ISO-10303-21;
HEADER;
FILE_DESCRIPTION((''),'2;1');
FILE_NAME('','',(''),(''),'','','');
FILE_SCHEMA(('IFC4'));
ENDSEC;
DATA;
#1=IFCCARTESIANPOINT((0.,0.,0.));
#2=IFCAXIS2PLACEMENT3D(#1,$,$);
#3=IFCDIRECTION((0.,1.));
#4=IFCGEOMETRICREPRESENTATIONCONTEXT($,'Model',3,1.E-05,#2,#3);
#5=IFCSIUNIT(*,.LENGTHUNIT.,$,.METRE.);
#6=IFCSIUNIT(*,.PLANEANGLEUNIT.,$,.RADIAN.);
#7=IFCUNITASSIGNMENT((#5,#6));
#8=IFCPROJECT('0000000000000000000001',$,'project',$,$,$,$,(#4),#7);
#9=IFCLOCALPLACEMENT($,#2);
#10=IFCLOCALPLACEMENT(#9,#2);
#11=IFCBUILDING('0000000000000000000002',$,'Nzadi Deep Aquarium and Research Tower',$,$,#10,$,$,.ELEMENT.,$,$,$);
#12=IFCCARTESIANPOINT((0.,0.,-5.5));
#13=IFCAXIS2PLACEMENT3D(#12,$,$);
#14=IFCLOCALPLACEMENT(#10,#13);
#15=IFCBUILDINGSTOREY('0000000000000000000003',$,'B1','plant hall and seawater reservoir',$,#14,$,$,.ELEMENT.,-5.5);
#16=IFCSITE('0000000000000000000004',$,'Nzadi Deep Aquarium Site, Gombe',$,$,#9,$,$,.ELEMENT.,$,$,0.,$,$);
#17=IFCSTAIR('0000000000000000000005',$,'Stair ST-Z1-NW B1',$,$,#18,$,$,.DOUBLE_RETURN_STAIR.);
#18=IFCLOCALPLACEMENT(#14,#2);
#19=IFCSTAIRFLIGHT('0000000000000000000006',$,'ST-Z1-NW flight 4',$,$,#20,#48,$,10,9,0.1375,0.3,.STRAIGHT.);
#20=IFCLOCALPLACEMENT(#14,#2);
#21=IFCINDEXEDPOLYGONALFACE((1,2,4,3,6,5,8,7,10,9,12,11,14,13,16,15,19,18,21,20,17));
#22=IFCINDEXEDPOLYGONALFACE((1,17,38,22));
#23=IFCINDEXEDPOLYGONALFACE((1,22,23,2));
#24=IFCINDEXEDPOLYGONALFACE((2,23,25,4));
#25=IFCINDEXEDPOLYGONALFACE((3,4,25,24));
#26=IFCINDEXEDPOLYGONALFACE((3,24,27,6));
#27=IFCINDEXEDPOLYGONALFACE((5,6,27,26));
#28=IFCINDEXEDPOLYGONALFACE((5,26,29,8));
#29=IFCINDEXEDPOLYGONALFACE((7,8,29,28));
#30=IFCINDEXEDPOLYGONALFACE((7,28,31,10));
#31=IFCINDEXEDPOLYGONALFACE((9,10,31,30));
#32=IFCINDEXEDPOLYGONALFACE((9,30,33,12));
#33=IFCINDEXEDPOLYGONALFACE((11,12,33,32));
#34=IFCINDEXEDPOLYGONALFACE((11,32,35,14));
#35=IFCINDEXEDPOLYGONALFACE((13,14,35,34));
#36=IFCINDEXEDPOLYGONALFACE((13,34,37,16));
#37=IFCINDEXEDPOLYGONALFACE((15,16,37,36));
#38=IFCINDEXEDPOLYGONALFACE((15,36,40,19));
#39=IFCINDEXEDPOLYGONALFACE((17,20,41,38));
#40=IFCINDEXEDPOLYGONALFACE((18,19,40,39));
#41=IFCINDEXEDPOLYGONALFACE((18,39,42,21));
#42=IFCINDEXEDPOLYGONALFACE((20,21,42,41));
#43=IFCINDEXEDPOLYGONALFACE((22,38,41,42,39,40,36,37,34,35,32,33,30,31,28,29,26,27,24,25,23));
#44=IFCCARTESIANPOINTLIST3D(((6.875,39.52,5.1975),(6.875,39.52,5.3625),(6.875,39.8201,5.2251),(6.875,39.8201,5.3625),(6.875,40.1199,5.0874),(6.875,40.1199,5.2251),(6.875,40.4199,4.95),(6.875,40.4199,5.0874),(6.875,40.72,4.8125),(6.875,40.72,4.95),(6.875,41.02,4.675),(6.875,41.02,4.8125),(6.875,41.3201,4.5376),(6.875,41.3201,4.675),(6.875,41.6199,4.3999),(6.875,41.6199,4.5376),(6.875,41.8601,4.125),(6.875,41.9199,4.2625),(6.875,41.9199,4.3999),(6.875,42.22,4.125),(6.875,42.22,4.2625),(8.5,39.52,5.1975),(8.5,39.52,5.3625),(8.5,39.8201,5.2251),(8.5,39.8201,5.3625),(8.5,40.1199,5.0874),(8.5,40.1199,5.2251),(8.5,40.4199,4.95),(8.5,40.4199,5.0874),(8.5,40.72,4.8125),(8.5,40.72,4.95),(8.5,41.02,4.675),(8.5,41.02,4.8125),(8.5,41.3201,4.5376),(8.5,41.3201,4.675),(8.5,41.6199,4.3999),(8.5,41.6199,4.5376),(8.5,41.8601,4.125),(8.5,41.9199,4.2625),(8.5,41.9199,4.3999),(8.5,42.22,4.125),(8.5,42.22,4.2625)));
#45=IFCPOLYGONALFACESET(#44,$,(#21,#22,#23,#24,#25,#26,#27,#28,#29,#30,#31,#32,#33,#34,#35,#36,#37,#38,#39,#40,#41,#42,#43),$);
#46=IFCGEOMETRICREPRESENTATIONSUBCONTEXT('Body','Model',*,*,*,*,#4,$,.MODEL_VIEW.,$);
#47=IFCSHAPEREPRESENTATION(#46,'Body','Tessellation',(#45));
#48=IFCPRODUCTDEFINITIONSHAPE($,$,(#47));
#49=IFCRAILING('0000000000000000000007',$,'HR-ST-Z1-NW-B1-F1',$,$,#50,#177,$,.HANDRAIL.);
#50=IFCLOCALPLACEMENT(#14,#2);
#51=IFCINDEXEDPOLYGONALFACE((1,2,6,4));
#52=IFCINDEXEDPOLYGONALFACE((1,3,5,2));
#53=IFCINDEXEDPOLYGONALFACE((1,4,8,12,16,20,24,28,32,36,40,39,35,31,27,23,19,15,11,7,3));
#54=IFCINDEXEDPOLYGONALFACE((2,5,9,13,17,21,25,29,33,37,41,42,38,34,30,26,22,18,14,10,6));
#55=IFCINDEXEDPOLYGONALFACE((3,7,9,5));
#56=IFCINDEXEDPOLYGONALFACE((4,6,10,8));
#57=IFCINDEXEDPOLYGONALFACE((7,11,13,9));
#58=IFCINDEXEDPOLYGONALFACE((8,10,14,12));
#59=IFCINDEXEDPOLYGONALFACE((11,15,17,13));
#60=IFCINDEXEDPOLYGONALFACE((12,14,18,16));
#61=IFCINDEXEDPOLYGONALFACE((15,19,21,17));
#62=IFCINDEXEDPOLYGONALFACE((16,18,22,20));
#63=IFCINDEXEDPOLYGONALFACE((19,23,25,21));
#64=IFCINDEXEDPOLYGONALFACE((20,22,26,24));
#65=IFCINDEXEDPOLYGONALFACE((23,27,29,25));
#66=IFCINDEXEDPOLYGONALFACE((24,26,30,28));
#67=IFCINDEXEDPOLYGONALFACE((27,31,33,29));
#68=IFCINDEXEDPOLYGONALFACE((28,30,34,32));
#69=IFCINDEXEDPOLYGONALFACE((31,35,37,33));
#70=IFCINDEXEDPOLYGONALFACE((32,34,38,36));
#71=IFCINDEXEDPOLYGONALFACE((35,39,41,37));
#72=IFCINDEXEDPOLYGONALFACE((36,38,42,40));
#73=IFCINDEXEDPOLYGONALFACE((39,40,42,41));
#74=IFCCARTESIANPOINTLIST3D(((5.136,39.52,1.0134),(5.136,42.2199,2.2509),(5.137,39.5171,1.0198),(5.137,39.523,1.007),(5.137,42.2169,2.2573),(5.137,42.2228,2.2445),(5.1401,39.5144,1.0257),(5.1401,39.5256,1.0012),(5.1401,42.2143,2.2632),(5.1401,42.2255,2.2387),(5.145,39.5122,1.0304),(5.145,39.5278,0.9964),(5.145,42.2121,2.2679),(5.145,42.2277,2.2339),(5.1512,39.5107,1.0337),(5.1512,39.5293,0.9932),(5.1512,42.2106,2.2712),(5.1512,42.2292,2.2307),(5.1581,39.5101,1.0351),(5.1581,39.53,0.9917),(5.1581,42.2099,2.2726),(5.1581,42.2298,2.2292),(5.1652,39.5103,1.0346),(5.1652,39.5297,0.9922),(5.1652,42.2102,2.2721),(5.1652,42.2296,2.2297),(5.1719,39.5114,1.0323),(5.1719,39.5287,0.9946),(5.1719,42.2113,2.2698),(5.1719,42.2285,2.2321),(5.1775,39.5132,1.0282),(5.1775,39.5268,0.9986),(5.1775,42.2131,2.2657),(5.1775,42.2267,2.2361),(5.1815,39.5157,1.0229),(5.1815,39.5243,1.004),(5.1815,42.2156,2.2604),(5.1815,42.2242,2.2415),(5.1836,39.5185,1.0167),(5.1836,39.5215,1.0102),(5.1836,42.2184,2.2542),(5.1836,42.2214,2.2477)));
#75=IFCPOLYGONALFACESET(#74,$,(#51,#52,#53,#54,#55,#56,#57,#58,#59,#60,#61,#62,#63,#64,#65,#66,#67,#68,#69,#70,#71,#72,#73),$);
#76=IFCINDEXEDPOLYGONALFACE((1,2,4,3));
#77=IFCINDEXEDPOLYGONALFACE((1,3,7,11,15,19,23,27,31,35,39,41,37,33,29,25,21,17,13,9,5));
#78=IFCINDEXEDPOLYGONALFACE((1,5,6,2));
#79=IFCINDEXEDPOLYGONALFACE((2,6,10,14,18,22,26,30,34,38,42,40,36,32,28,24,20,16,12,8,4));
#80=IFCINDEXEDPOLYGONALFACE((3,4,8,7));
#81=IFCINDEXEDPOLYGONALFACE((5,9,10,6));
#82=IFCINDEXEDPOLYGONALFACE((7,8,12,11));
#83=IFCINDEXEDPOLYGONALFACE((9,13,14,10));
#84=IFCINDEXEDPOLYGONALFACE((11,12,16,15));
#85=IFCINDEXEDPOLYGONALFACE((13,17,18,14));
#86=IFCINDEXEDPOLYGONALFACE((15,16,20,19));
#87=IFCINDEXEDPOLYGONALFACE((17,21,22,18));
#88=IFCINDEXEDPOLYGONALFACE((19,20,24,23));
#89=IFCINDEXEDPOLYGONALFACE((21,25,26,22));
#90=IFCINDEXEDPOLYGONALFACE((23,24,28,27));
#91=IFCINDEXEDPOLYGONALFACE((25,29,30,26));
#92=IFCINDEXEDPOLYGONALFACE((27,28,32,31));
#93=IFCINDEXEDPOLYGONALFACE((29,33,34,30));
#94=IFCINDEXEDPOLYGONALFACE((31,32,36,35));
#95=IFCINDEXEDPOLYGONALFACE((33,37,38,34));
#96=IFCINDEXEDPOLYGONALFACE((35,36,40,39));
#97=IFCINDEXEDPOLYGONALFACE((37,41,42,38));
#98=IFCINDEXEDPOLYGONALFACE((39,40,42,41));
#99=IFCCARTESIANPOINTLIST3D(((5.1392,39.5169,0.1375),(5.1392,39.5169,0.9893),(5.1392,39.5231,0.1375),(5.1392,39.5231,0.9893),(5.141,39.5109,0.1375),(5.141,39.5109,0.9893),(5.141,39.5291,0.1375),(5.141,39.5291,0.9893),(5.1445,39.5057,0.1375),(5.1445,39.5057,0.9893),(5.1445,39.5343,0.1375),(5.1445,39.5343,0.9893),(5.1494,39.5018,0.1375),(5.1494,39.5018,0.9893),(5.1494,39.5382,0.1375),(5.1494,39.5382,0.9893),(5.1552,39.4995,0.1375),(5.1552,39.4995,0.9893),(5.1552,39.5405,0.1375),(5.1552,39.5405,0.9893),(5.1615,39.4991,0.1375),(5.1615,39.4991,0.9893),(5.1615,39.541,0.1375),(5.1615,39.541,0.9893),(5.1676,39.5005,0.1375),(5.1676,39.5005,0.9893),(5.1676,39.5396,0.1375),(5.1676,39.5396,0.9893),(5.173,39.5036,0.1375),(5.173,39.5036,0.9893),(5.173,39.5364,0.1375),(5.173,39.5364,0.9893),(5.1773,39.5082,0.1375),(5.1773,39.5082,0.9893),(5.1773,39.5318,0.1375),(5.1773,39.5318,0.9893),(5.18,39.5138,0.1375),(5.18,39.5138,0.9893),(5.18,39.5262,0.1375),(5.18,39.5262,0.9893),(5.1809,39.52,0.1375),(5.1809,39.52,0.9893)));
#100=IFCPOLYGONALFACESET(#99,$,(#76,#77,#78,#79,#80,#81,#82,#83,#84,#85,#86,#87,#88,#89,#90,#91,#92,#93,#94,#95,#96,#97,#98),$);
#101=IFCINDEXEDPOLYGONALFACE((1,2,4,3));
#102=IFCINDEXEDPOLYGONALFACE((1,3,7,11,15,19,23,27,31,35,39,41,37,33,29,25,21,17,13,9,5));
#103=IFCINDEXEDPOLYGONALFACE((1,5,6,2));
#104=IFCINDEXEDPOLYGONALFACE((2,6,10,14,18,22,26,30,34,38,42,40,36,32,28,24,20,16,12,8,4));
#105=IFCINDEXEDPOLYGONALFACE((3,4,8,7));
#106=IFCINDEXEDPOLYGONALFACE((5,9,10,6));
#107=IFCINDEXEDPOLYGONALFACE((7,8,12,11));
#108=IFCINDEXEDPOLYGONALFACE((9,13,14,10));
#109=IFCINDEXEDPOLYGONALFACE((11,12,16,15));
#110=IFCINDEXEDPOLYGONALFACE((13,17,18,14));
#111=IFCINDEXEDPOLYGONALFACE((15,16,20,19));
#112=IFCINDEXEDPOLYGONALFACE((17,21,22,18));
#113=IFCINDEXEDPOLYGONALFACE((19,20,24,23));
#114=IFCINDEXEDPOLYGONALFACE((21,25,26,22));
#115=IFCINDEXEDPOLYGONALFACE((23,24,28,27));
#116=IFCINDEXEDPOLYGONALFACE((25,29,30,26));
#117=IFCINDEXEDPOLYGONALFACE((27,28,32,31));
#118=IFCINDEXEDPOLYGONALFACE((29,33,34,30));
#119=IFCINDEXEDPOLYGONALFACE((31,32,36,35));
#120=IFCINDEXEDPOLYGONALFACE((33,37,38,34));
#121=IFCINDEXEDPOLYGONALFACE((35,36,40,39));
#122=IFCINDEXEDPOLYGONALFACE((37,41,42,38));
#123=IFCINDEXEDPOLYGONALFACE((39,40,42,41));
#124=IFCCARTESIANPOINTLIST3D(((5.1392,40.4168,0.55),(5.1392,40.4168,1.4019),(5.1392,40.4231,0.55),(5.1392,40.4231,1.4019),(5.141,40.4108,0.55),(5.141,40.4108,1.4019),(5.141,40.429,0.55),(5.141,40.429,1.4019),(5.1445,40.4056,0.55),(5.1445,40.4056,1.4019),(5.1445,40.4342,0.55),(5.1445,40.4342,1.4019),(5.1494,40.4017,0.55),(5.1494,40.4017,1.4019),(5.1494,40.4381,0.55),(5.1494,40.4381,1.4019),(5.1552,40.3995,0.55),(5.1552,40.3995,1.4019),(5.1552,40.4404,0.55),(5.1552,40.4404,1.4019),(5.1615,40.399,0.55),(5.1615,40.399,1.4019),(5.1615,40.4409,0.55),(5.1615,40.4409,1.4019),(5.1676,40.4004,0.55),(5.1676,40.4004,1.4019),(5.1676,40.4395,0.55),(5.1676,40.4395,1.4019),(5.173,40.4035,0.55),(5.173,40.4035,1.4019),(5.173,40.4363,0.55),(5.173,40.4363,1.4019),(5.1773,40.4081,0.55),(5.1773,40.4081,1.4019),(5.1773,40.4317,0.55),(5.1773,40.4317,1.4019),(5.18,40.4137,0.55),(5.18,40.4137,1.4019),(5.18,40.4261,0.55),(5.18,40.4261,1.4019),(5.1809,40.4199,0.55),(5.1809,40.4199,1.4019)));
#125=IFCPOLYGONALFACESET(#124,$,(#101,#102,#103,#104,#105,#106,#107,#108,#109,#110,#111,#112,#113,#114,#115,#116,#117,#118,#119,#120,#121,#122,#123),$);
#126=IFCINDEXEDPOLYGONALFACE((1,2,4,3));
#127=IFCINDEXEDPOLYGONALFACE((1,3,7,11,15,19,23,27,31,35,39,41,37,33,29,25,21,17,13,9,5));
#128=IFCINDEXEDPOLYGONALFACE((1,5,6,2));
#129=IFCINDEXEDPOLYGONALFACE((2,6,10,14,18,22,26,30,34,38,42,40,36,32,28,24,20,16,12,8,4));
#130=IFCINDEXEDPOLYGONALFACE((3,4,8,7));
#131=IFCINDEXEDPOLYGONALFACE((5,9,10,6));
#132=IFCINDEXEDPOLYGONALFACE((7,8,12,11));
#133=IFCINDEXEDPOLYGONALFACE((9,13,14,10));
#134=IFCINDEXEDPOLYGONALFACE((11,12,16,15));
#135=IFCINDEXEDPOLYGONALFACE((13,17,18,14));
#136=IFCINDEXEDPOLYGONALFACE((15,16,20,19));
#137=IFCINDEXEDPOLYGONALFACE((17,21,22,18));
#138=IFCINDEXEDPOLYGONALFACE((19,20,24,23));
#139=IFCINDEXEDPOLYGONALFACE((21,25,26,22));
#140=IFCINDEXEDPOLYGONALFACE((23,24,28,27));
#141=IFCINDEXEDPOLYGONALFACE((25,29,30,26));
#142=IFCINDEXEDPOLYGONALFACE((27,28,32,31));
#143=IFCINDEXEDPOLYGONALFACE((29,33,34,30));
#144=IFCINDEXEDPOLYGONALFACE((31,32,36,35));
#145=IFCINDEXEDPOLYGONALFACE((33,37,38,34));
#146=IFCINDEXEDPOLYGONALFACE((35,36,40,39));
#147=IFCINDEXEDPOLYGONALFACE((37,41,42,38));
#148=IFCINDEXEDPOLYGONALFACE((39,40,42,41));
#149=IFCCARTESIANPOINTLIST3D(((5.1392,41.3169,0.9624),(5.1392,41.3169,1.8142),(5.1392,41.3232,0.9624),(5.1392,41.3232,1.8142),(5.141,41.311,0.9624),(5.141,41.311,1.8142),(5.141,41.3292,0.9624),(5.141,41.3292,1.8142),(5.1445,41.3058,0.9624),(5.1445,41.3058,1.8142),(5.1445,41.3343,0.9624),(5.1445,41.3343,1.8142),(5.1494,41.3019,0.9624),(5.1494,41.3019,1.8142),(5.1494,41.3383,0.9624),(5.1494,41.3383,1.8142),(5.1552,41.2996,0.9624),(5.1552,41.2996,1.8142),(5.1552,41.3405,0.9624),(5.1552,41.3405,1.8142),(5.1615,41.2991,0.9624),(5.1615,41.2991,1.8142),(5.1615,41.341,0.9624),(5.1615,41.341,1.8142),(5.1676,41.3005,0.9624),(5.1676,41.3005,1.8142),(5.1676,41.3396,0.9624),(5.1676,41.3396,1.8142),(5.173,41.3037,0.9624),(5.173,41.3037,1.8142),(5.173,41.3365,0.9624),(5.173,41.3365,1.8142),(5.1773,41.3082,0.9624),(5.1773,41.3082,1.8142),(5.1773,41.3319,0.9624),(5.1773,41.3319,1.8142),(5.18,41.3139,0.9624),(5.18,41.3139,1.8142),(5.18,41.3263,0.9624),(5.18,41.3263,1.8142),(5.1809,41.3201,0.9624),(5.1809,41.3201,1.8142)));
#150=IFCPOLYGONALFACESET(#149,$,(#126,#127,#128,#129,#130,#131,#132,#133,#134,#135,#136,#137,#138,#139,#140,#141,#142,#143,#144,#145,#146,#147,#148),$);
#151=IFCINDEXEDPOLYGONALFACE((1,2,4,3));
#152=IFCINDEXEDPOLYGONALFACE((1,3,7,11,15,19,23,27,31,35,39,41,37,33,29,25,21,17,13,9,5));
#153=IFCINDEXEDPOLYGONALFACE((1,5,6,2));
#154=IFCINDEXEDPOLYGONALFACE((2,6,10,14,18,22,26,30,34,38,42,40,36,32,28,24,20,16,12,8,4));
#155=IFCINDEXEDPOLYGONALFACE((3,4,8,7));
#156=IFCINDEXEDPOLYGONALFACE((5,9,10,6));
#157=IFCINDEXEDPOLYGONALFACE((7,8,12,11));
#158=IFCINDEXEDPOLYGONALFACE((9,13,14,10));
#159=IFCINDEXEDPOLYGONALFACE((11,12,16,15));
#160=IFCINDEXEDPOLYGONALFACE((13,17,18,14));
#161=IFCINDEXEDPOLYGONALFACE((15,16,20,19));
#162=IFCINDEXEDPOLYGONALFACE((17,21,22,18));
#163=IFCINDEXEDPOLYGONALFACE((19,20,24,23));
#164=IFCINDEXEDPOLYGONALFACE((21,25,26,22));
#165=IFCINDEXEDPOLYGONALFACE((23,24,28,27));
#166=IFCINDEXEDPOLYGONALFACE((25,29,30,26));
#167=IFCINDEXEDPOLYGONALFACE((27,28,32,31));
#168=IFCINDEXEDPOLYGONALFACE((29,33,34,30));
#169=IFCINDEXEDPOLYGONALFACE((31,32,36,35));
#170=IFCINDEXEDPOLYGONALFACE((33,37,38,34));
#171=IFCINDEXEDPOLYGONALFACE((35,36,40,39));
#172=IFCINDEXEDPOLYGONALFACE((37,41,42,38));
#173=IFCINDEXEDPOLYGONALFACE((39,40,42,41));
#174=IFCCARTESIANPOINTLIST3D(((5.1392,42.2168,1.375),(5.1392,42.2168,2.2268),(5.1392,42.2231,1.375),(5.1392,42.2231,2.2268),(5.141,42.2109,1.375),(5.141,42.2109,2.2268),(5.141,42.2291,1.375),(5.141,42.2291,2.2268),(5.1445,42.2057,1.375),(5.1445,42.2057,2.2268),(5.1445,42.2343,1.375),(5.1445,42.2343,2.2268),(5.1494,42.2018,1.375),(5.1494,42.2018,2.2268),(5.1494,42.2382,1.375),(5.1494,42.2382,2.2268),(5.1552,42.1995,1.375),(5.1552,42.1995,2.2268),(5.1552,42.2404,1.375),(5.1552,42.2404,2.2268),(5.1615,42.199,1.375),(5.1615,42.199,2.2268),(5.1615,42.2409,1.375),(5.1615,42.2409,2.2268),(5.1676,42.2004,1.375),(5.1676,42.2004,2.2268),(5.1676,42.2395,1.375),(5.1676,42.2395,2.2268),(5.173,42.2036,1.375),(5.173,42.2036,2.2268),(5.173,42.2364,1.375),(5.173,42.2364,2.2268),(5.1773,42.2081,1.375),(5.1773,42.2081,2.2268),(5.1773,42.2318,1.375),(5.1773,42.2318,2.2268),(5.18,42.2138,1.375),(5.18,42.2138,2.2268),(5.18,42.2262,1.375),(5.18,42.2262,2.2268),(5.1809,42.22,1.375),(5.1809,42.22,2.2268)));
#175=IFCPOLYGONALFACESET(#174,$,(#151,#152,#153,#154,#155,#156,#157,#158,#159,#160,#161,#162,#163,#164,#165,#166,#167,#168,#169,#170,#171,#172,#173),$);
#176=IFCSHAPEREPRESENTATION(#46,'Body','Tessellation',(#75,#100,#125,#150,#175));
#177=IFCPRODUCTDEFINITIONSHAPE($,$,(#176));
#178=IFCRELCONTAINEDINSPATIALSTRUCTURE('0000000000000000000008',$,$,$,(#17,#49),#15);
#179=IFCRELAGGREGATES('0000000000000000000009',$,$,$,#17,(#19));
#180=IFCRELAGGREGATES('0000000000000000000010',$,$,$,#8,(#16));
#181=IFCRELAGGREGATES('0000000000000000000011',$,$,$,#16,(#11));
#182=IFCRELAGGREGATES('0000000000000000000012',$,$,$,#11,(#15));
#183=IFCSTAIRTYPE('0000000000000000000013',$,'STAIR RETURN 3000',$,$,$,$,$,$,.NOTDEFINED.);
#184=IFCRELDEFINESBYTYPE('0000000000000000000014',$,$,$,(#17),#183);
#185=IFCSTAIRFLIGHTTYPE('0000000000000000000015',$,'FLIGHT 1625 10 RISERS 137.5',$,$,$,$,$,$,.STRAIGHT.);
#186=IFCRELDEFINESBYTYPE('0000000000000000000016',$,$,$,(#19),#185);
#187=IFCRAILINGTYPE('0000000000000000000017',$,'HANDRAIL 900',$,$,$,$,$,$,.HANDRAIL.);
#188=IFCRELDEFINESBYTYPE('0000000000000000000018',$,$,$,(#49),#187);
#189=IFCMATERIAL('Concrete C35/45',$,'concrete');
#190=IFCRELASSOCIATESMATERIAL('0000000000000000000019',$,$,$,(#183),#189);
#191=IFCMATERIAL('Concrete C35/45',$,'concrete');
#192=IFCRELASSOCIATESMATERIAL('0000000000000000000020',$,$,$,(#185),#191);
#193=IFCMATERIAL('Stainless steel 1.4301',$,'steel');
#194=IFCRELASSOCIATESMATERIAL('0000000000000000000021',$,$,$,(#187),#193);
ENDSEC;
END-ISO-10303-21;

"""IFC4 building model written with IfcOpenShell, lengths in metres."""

from ifc_helpers import new_model, si_unit, direction, frame, origin, origin_2d, place, context, subcontext, project, spatial, polyline, circle, outline, extrude, material, type_object, element, aggregate, save


model = new_model("IFC4")

# Units and contexts
model_context = context("Model", 3, precision=1e-05, world=origin(), true_north=direction((0.0, 1.0)))
body_context = subcontext(model_context, "Body", "Model", "MODEL_VIEW")
ifc_project = project(units=[si_unit("LENGTHUNIT", "METRE"), si_unit("PLANEANGLEUNIT", "RADIAN")], contexts=[model_context])

# Site, building, storey
site_placement = place(None, origin())
site = spatial("IfcSite", under=ifc_project, at=site_placement, Name="Nzadi Deep Aquarium Site, Gombe", CompositionType="ELEMENT", RefElevation=0.0)
building_placement = place(site_placement, origin())
building = spatial("IfcBuilding", under=site, at=building_placement, Name="Nzadi Deep Aquarium and Research Tower", CompositionType="ELEMENT")
storey_placement = place(building_placement, frame((0.0, 0.0, -5.5)))
storey = spatial("IfcBuildingStorey", under=building, at=storey_placement, Name="B1", Description="plant hall and seawater reservoir", CompositionType="ELEMENT", Elevation=-5.5)

# Stair, stair flight
ifc_material_1 = material(Name="Concrete C35/45", Category="concrete")
stair_type = type_object("IfcStairType", Name="STAIR RETURN 3000", PredefinedType="NOTDEFINED", material=ifc_material_1)
stair_placement = place(storey_placement, origin())
stair = element("IfcStair", 1, at=stair_placement, inside=storey, type_object=stair_type, Name="Stair ST-Z1-NW B1", PredefinedType="DOUBLE_RETURN_STAIR")
ifc_material_2 = material(Name="Concrete C35/45", Category="concrete")
stair_flight_type = type_object("IfcStairFlightType", Name="FLIGHT 1625 10 RISERS 137.5", PredefinedType="STRAIGHT", material=ifc_material_2)
stair_flight_1_placement = place(storey_placement, frame((7.6875, 42.22, 4.125), z_axis=(0.0, 0.0, 1.0), x_axis=(0.0, -1.0, 0.0)))
stair_flight_1 = element("IfcStairFlight", 2, at=stair_flight_1_placement, type_object=stair_flight_type, Name="ST-Z1-NW flight 4", NumberOfRisers=10, NumberOfTreads=9, PredefinedType="STRAIGHT", RiserHeight=0.1375, TreadLength=0.3, context=body_context, shape_type="SweptSolid", body=[
    extrude(outline(polyline([(0.0, 0.0), (0.0, 0.1375), (0.3, 0.1375), (0.3, 0.2749), (0.6001, 0.2749), (0.6001, 0.4126), (0.8999, 0.4126), (0.8999, 0.55), (1.2, 0.55), (1.2, 0.6875), (1.5, 0.6875), (1.5, 0.825), (1.8, 0.825), (1.8, 0.9624), (2.1001, 0.9624), (2.1001, 1.1001), (2.3999, 1.1001), (2.3999, 1.2375), (2.7, 1.2375), (2.7, 1.375), (2.7, 1.0725), (0.3599, 0.0), (0.0, 0.0)])), frame((0.0, 0.8125, 0.0), z_axis=(0.0, -1.0, 0.0), x_axis=(1.0, 0.0, 0.0)), (0.0, 0.0, 1.0), 1.625),
])
aggregate(stair, [stair_flight_1])

# Railing
ifc_material_3 = material(Name="Stainless steel 1.4301", Category="steel")
railing_type = type_object("IfcRailingType", Name="HANDRAIL 900", PredefinedType="HANDRAIL", material=ifc_material_3)
for number, where, name in (
    (3, (5.1599, 39.52, 0.1375), "HR-ST-Z1-NW-B1-F1"),
):
    element("IfcRailing", number, at=place(storey_placement, frame(where)), inside=storey, type_object=railing_type, Name=name, PredefinedType="HANDRAIL", context=body_context, shape_type="SweptSolid", body=[
        extrude(circle(Radius=0.0239, at=origin_2d()), frame((0.0, 0.0, 0.876), z_axis=(0.0, 0.909056, 0.416675), x_axis=(-1.0, 0.0, 0.0)), (0.0, 0.0, 1.0), 2.97),
        extrude(circle(Radius=0.021, at=origin_2d()), origin(), (0.0, 0.0, 1.0), 0.8518),
        extrude(circle(Radius=0.021, at=origin_2d()), frame((0.0, 0.8999, 0.4126)), (0.0, 0.0, 1.0), 0.8518),
        extrude(circle(Radius=0.021, at=origin_2d()), frame((0.0, 1.8, 0.825)), (0.0, 0.0, 1.0), 0.8518),
        extrude(circle(Radius=0.021, at=origin_2d()), frame((0.0, 2.7, 1.2375)), (0.0, 0.0, 1.0), 0.8518),
    ])

save(model, "model.ifc")
